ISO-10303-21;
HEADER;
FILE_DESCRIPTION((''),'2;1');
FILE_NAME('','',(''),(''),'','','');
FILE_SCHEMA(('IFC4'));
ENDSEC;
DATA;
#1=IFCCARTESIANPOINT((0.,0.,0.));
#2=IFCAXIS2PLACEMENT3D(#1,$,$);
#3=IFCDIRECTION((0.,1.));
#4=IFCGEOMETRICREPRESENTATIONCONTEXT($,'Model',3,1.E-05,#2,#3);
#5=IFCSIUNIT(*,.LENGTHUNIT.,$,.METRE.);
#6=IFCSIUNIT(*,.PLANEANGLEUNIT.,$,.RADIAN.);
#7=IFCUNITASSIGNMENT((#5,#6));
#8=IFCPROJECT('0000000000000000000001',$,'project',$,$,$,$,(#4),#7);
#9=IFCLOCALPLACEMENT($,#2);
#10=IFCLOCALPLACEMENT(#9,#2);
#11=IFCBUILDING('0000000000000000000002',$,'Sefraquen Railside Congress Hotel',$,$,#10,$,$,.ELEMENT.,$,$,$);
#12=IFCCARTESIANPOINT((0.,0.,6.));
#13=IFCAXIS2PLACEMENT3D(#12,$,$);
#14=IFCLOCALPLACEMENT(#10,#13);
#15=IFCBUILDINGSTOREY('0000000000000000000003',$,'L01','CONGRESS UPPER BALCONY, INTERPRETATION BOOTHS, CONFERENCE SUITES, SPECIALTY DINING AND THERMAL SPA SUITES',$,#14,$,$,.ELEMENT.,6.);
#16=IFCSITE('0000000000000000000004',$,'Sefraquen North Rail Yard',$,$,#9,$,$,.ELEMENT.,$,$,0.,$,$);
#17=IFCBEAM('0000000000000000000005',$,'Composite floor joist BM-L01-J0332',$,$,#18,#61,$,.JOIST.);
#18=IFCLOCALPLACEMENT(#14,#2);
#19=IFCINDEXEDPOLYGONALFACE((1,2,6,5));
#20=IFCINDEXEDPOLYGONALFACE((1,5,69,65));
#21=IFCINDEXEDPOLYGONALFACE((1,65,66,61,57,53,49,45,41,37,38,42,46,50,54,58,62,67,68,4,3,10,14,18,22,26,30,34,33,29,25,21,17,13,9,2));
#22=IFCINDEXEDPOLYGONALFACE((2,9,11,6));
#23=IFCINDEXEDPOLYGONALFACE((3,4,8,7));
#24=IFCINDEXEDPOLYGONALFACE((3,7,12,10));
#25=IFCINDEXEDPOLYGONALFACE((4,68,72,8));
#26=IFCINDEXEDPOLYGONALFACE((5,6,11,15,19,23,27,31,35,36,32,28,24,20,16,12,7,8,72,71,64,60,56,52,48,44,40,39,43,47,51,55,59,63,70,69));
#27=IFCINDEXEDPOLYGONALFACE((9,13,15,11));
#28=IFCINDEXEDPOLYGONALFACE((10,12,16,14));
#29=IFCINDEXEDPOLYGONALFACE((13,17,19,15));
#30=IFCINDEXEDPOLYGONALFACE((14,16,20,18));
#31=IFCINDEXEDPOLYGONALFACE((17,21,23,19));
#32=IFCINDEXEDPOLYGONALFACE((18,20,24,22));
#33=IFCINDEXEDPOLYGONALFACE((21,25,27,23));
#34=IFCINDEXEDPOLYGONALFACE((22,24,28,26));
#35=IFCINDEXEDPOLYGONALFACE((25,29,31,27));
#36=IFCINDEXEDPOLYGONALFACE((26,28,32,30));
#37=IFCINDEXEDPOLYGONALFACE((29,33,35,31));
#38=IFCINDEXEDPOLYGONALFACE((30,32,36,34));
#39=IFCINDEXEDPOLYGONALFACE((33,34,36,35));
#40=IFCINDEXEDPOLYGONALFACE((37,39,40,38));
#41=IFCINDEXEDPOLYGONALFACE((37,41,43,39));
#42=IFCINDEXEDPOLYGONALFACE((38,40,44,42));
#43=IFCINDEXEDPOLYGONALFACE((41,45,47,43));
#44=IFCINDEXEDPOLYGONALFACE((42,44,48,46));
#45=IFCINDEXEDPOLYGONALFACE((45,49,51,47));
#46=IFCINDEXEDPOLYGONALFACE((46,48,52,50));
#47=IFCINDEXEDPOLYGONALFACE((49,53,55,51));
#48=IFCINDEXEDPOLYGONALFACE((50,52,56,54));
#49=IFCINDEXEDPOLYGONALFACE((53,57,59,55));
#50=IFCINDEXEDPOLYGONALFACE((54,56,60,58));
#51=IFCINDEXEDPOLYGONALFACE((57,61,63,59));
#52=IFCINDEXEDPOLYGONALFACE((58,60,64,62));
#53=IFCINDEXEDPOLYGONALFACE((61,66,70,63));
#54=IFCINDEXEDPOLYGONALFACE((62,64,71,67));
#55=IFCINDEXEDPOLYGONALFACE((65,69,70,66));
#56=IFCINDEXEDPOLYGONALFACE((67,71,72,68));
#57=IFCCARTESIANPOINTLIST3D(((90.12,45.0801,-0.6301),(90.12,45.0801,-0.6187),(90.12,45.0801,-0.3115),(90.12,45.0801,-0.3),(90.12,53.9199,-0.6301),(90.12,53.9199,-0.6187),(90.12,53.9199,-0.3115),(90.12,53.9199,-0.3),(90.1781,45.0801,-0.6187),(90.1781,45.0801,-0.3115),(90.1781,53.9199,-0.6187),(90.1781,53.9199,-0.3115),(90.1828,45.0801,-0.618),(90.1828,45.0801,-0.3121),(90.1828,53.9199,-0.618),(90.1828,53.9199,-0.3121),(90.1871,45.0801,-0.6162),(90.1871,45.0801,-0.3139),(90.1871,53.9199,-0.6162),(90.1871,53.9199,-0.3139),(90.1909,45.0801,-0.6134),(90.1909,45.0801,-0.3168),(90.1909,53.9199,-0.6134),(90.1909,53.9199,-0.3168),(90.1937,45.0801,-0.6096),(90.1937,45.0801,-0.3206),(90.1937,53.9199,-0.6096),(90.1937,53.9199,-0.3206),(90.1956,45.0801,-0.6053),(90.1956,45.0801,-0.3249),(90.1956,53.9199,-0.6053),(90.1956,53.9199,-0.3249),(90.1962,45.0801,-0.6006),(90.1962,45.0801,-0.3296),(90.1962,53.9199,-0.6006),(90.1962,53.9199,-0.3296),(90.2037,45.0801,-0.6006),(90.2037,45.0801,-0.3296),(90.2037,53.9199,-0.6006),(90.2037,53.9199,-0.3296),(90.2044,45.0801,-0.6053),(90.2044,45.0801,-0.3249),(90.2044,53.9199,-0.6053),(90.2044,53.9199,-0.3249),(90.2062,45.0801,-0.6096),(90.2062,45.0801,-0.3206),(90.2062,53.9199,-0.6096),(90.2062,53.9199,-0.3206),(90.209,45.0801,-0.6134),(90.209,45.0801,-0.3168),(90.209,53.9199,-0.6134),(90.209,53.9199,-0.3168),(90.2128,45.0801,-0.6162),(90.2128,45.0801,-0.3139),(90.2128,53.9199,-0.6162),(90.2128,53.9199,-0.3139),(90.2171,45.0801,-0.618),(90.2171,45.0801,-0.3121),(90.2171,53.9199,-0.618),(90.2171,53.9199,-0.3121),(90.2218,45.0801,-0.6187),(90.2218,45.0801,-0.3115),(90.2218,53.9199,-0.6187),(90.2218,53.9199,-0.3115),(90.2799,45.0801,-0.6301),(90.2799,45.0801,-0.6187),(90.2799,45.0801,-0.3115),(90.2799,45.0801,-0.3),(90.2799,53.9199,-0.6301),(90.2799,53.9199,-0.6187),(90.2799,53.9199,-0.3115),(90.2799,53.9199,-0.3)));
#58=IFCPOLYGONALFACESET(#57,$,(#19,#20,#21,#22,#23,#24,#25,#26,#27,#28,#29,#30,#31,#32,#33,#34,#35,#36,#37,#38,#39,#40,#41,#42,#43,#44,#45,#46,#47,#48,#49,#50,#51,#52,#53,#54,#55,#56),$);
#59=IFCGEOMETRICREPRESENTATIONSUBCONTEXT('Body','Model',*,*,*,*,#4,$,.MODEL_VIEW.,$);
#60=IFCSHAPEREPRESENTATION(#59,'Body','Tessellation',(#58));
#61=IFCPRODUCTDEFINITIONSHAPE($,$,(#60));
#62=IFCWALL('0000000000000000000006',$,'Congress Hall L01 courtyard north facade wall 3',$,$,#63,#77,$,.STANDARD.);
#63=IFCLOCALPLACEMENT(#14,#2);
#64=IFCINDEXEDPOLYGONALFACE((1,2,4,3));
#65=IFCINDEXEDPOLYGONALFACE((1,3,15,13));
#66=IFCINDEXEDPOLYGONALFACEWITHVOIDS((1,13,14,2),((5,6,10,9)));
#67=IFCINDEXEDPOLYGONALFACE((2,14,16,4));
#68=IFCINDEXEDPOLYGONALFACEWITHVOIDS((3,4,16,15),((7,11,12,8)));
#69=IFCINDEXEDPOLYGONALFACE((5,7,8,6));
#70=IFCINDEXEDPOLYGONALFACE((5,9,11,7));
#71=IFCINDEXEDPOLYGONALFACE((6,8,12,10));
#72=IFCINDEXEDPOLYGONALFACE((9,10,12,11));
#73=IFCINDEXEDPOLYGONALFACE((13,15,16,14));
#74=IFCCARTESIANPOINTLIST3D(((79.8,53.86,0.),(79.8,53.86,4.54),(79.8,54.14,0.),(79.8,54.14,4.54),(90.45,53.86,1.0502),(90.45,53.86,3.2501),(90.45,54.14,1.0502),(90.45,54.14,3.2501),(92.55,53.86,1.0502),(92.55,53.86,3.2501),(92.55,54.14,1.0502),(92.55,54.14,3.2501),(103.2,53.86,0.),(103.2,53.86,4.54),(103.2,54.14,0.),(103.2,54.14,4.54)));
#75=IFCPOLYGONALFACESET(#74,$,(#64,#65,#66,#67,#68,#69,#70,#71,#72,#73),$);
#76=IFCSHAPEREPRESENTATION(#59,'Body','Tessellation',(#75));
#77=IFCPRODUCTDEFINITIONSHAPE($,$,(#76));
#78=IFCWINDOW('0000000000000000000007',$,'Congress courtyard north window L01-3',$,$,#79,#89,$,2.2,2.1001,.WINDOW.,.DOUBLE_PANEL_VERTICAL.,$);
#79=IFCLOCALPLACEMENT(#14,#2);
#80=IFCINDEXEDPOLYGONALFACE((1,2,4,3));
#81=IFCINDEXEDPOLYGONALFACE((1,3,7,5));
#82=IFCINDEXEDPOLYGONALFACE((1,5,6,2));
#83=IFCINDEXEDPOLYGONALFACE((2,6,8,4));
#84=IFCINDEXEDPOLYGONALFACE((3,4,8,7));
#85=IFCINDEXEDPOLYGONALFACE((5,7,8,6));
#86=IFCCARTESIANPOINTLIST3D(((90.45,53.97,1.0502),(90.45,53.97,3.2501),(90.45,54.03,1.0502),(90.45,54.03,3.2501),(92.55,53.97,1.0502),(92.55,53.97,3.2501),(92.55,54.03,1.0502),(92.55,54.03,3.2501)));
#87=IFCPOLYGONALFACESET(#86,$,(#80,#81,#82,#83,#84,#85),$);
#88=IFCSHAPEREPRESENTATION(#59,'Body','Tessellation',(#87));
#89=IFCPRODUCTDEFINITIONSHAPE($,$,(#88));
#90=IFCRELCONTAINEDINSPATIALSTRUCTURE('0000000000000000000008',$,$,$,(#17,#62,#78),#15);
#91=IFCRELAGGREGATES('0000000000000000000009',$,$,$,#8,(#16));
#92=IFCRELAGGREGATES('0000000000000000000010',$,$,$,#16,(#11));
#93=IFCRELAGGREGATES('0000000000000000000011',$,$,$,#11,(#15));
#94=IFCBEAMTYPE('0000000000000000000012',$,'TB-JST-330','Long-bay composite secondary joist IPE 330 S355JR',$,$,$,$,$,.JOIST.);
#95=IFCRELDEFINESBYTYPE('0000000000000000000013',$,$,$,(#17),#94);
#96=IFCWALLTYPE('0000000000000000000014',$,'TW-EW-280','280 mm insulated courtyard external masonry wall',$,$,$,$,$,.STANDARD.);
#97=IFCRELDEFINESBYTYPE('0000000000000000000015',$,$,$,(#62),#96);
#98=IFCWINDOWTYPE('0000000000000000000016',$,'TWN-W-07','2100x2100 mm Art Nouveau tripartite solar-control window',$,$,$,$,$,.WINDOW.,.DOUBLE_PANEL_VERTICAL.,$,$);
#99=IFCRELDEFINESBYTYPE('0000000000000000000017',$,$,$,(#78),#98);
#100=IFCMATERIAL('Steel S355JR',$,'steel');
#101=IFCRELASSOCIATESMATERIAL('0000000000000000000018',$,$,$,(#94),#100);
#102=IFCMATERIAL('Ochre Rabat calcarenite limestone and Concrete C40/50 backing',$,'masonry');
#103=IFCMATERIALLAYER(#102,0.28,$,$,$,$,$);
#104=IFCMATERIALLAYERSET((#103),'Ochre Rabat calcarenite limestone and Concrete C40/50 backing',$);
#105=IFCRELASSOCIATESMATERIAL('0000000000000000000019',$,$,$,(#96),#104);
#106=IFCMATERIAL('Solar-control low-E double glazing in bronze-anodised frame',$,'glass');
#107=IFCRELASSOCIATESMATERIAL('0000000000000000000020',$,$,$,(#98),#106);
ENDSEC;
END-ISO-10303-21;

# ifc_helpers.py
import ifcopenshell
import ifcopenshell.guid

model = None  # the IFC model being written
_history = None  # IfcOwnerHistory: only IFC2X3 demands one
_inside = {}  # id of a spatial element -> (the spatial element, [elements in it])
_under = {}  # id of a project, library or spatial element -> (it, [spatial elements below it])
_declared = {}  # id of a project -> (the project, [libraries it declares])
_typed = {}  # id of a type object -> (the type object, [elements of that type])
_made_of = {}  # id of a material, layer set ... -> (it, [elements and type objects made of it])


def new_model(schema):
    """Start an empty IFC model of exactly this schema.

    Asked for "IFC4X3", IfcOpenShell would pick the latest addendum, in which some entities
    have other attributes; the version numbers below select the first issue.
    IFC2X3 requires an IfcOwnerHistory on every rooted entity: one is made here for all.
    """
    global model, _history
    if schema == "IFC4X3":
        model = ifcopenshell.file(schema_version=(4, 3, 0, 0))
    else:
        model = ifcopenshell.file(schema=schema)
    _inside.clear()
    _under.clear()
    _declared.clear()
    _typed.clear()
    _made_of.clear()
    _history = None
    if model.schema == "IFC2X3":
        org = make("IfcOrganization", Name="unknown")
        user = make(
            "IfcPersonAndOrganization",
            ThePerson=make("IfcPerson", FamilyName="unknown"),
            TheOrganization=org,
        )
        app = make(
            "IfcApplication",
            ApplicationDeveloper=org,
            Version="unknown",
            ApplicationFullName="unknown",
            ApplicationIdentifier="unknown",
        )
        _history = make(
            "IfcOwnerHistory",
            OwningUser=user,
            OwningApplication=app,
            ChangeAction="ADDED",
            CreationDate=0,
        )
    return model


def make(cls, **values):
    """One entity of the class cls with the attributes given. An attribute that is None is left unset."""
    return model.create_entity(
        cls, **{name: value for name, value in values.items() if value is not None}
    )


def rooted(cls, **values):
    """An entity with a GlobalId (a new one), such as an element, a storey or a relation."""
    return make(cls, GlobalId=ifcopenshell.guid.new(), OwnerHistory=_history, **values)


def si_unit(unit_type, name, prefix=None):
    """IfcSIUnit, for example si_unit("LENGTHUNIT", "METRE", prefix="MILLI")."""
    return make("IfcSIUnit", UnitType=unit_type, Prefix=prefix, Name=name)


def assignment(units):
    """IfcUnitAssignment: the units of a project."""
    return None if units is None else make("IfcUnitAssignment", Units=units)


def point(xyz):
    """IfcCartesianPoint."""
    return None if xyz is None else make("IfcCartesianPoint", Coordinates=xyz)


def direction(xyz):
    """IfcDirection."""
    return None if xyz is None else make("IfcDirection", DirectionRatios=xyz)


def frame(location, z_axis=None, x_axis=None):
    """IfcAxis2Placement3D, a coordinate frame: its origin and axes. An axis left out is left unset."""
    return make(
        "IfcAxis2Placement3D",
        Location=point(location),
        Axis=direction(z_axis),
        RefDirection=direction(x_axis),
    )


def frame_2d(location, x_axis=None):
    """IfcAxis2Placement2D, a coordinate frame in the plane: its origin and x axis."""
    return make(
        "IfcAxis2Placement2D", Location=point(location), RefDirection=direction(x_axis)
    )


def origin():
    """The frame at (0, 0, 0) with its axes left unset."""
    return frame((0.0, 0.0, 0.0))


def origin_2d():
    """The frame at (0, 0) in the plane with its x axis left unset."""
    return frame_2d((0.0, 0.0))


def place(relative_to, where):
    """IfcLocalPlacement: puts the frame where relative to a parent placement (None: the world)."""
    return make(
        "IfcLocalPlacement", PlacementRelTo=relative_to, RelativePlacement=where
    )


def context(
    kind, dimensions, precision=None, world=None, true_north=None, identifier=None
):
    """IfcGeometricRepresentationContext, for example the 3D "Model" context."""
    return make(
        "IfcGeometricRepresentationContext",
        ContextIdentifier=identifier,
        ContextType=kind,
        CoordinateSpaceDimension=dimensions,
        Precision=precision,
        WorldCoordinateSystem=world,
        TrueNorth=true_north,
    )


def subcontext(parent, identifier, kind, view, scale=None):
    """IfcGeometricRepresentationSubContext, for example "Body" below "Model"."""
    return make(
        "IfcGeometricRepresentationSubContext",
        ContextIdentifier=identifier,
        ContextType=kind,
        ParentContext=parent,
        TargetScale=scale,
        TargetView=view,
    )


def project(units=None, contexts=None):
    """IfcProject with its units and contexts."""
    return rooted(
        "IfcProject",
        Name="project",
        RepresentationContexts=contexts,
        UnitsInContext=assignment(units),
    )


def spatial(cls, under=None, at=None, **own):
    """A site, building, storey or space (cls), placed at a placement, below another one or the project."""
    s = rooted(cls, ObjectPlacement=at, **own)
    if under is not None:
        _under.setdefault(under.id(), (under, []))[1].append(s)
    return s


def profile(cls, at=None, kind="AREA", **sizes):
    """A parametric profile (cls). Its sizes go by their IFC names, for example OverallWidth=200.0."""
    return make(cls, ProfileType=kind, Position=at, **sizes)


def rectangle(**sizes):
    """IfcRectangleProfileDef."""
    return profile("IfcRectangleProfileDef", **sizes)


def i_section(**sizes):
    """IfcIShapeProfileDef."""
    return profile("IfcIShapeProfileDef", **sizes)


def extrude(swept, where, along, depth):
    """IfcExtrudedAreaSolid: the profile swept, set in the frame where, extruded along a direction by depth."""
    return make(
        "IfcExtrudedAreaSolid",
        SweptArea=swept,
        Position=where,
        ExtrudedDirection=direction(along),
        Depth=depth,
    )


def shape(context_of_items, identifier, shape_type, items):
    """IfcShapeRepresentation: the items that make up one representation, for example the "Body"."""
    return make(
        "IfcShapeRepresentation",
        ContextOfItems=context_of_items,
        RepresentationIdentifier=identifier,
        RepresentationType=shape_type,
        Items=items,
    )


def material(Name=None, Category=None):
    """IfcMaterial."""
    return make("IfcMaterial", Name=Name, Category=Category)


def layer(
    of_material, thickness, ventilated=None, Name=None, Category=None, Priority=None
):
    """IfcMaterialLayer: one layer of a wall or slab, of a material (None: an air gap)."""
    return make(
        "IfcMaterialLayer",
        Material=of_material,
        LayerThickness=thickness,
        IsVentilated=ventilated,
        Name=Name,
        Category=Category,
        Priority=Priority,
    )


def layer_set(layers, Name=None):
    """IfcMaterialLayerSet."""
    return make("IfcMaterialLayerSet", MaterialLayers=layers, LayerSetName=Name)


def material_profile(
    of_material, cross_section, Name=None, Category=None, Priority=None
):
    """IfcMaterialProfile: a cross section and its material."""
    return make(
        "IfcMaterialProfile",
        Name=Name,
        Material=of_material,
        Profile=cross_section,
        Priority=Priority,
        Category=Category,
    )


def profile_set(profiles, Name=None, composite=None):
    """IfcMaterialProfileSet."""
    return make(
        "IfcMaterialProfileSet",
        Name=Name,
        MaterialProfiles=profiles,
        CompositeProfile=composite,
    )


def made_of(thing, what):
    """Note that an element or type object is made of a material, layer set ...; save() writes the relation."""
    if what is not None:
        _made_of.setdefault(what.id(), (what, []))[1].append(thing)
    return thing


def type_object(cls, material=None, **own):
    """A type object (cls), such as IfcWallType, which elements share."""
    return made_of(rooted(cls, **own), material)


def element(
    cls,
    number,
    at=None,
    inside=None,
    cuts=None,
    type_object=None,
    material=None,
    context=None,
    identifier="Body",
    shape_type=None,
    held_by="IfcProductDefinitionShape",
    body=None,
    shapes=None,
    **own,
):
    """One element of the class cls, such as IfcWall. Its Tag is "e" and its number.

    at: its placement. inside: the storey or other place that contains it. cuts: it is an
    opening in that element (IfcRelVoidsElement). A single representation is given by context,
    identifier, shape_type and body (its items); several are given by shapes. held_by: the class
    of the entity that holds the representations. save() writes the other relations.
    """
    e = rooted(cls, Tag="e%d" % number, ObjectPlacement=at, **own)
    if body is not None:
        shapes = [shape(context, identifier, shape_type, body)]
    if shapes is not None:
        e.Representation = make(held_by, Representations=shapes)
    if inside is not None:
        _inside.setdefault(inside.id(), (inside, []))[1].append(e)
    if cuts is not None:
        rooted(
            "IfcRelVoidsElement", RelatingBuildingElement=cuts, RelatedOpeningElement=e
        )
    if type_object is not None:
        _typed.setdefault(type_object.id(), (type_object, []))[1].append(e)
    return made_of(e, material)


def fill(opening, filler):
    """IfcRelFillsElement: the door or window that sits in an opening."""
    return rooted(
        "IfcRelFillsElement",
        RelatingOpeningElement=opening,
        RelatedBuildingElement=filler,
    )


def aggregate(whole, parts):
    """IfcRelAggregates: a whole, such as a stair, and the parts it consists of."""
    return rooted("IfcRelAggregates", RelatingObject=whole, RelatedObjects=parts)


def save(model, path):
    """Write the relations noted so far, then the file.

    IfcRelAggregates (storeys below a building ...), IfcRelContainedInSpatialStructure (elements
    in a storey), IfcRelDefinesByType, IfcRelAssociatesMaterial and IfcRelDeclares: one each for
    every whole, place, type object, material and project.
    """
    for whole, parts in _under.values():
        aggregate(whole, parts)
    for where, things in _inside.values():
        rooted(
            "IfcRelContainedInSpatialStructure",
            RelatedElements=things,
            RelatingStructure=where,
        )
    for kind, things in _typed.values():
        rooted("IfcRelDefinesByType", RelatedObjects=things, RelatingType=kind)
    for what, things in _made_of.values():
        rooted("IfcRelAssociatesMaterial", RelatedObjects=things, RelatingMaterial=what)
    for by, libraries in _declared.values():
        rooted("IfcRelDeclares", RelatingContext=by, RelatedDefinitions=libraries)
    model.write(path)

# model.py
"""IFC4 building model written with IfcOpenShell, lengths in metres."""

from ifc_helpers import new_model, si_unit, direction, frame, frame_2d, origin, origin_2d, place, context, subcontext, project, spatial, rectangle, i_section, extrude, material, layer, layer_set, material_profile, profile_set, type_object, element, fill, save


model = new_model("IFC4")

# Units and contexts
model_context = context("Model", 3, precision=1e-05, world=origin(), true_north=direction((0.0, 1.0)))
body_context = subcontext(model_context, "Body", "Model", "MODEL_VIEW")
ifc_project = project(units=[si_unit("LENGTHUNIT", "METRE"), si_unit("PLANEANGLEUNIT", "RADIAN")], contexts=[model_context])

# Site, building, storey
site_placement = place(None, origin())
site = spatial("IfcSite", under=ifc_project, at=site_placement, Name="Sefraquen North Rail Yard", CompositionType="ELEMENT", RefElevation=0.0)
building_placement = place(site_placement, origin())
building = spatial("IfcBuilding", under=site, at=building_placement, Name="Sefraquen Railside Congress Hotel", CompositionType="ELEMENT")
storey_placement = place(building_placement, frame((0.0, 0.0, 6.0)))
storey = spatial("IfcBuildingStorey", under=building, at=storey_placement, Name="L01", Description="CONGRESS UPPER BALCONY, INTERPRETATION BOOTHS, CONFERENCE SUITES, SPECIALTY DINING AND THERMAL SPA SUITES", CompositionType="ELEMENT", Elevation=6.0)

# Shared definitions
ifc_material_1 = material(Name="Steel S355JR", Category="steel")

# Beam
ifc_material_profile_1 = material_profile(ifc_material_1, i_section(OverallWidth=0.1599, OverallDepth=0.3301, WebThickness=0.0076, FlangeThickness=0.0115, FilletRadius=0.0181, at=origin_2d()), Name="IPE 330")
ifc_profile_set_1 = profile_set([ifc_material_profile_1], Name="Steel S355JR")
beam_type_1 = type_object("IfcBeamType", Name="TB-JST-330", Description="Long-bay composite secondary joist IPE 330 S355JR", PredefinedType="JOIST", material=ifc_profile_set_1)
for number, where, z_axis, x_axis, name in (
    (1, (90.2, 45.0801, -0.4651), (0.0, 1.0, 0.0), (-1.0, 0.0, 0.0), "Composite floor joist BM-L01-J0332"),
):
    element("IfcBeam", number, at=place(storey_placement, frame(where, z_axis=z_axis, x_axis=x_axis)), inside=storey, type_object=beam_type_1, Name=name, PredefinedType="JOIST", context=body_context, shape_type="SweptSolid", body=[
        extrude(i_section(OverallWidth=0.1599, OverallDepth=0.3301, WebThickness=0.0076, FlangeThickness=0.0115, FilletRadius=0.0181, at=origin_2d()), origin(), (0.0, 0.0, 1.0), 8.8398),
    ])

# Wall, opening, window
ifc_material_2 = material(Name="Ochre Rabat calcarenite limestone and Concrete C40/50 backing", Category="masonry")
ifc_layer_1 = layer(ifc_material_2, 0.28)
ifc_layer_set_1 = layer_set([ifc_layer_1], Name="Ochre Rabat calcarenite limestone and Concrete C40/50 backing")
wall_type_1 = type_object("IfcWallType", Name="TW-EW-280", Description="280 mm insulated courtyard external masonry wall", PredefinedType="STANDARD", material=ifc_layer_set_1)
wall_1_placement = place(storey_placement, frame((79.8, 54.0, 0.0), z_axis=(0.0, 0.0, 1.0), x_axis=(1.0, 0.0, 0.0)))
wall_1 = element("IfcWall", 2, at=wall_1_placement, inside=storey, type_object=wall_type_1, Name="Congress Hall L01 courtyard north facade wall 3", PredefinedType="STANDARD", context=body_context, shape_type="SweptSolid", body=[
    extrude(rectangle(XDim=23.3999, YDim=0.28, at=frame_2d((11.7, 0.0))), origin(), (0.0, 0.0, 1.0), 4.54),
])
opening_1_placement = place(wall_1_placement, frame((10.6499, 0.0, 1.05)))
opening_1 = element("IfcOpeningElement", 3, at=opening_1_placement, cuts=wall_1, PredefinedType="OPENING", context=body_context, shape_type="SweptSolid", body=[
    extrude(rectangle(XDim=2.1001, YDim=2.2, at=frame_2d((1.05, 1.1001))), frame((0.0, 0.1499, 0.0), z_axis=(0.0, -1.0, 0.0), x_axis=(1.0, 0.0, 0.0)), (0.0, 0.0, 1.0), 0.3),
])
ifc_material_3 = material(Name="Solar-control low-E double glazing in bronze-anodised frame", Category="glass")
window_type = type_object("IfcWindowType", Name="TWN-W-07", Description="2100x2100 mm Art Nouveau tripartite solar-control window", PartitioningType="DOUBLE_PANEL_VERTICAL", PredefinedType="WINDOW", material=ifc_material_3)
window_placement = place(opening_1_placement, origin())
window = element("IfcWindow", 4, at=window_placement, inside=storey, type_object=window_type, Name="Congress courtyard north window L01-3", OverallHeight=2.2, OverallWidth=2.1001, PartitioningType="DOUBLE_PANEL_VERTICAL", PredefinedType="WINDOW", context=body_context, shape_type="SweptSolid", body=[
    extrude(rectangle(XDim=2.1001, YDim=2.2, at=frame_2d((1.05, 1.1001))), frame((0.0, 0.03, 0.0), z_axis=(0.0, -1.0, 0.0), x_axis=(1.0, 0.0, 0.0)), (0.0, 0.0, 1.0), 0.0601),
])
fill(opening_1, window)

save(model, "model.ifc")
